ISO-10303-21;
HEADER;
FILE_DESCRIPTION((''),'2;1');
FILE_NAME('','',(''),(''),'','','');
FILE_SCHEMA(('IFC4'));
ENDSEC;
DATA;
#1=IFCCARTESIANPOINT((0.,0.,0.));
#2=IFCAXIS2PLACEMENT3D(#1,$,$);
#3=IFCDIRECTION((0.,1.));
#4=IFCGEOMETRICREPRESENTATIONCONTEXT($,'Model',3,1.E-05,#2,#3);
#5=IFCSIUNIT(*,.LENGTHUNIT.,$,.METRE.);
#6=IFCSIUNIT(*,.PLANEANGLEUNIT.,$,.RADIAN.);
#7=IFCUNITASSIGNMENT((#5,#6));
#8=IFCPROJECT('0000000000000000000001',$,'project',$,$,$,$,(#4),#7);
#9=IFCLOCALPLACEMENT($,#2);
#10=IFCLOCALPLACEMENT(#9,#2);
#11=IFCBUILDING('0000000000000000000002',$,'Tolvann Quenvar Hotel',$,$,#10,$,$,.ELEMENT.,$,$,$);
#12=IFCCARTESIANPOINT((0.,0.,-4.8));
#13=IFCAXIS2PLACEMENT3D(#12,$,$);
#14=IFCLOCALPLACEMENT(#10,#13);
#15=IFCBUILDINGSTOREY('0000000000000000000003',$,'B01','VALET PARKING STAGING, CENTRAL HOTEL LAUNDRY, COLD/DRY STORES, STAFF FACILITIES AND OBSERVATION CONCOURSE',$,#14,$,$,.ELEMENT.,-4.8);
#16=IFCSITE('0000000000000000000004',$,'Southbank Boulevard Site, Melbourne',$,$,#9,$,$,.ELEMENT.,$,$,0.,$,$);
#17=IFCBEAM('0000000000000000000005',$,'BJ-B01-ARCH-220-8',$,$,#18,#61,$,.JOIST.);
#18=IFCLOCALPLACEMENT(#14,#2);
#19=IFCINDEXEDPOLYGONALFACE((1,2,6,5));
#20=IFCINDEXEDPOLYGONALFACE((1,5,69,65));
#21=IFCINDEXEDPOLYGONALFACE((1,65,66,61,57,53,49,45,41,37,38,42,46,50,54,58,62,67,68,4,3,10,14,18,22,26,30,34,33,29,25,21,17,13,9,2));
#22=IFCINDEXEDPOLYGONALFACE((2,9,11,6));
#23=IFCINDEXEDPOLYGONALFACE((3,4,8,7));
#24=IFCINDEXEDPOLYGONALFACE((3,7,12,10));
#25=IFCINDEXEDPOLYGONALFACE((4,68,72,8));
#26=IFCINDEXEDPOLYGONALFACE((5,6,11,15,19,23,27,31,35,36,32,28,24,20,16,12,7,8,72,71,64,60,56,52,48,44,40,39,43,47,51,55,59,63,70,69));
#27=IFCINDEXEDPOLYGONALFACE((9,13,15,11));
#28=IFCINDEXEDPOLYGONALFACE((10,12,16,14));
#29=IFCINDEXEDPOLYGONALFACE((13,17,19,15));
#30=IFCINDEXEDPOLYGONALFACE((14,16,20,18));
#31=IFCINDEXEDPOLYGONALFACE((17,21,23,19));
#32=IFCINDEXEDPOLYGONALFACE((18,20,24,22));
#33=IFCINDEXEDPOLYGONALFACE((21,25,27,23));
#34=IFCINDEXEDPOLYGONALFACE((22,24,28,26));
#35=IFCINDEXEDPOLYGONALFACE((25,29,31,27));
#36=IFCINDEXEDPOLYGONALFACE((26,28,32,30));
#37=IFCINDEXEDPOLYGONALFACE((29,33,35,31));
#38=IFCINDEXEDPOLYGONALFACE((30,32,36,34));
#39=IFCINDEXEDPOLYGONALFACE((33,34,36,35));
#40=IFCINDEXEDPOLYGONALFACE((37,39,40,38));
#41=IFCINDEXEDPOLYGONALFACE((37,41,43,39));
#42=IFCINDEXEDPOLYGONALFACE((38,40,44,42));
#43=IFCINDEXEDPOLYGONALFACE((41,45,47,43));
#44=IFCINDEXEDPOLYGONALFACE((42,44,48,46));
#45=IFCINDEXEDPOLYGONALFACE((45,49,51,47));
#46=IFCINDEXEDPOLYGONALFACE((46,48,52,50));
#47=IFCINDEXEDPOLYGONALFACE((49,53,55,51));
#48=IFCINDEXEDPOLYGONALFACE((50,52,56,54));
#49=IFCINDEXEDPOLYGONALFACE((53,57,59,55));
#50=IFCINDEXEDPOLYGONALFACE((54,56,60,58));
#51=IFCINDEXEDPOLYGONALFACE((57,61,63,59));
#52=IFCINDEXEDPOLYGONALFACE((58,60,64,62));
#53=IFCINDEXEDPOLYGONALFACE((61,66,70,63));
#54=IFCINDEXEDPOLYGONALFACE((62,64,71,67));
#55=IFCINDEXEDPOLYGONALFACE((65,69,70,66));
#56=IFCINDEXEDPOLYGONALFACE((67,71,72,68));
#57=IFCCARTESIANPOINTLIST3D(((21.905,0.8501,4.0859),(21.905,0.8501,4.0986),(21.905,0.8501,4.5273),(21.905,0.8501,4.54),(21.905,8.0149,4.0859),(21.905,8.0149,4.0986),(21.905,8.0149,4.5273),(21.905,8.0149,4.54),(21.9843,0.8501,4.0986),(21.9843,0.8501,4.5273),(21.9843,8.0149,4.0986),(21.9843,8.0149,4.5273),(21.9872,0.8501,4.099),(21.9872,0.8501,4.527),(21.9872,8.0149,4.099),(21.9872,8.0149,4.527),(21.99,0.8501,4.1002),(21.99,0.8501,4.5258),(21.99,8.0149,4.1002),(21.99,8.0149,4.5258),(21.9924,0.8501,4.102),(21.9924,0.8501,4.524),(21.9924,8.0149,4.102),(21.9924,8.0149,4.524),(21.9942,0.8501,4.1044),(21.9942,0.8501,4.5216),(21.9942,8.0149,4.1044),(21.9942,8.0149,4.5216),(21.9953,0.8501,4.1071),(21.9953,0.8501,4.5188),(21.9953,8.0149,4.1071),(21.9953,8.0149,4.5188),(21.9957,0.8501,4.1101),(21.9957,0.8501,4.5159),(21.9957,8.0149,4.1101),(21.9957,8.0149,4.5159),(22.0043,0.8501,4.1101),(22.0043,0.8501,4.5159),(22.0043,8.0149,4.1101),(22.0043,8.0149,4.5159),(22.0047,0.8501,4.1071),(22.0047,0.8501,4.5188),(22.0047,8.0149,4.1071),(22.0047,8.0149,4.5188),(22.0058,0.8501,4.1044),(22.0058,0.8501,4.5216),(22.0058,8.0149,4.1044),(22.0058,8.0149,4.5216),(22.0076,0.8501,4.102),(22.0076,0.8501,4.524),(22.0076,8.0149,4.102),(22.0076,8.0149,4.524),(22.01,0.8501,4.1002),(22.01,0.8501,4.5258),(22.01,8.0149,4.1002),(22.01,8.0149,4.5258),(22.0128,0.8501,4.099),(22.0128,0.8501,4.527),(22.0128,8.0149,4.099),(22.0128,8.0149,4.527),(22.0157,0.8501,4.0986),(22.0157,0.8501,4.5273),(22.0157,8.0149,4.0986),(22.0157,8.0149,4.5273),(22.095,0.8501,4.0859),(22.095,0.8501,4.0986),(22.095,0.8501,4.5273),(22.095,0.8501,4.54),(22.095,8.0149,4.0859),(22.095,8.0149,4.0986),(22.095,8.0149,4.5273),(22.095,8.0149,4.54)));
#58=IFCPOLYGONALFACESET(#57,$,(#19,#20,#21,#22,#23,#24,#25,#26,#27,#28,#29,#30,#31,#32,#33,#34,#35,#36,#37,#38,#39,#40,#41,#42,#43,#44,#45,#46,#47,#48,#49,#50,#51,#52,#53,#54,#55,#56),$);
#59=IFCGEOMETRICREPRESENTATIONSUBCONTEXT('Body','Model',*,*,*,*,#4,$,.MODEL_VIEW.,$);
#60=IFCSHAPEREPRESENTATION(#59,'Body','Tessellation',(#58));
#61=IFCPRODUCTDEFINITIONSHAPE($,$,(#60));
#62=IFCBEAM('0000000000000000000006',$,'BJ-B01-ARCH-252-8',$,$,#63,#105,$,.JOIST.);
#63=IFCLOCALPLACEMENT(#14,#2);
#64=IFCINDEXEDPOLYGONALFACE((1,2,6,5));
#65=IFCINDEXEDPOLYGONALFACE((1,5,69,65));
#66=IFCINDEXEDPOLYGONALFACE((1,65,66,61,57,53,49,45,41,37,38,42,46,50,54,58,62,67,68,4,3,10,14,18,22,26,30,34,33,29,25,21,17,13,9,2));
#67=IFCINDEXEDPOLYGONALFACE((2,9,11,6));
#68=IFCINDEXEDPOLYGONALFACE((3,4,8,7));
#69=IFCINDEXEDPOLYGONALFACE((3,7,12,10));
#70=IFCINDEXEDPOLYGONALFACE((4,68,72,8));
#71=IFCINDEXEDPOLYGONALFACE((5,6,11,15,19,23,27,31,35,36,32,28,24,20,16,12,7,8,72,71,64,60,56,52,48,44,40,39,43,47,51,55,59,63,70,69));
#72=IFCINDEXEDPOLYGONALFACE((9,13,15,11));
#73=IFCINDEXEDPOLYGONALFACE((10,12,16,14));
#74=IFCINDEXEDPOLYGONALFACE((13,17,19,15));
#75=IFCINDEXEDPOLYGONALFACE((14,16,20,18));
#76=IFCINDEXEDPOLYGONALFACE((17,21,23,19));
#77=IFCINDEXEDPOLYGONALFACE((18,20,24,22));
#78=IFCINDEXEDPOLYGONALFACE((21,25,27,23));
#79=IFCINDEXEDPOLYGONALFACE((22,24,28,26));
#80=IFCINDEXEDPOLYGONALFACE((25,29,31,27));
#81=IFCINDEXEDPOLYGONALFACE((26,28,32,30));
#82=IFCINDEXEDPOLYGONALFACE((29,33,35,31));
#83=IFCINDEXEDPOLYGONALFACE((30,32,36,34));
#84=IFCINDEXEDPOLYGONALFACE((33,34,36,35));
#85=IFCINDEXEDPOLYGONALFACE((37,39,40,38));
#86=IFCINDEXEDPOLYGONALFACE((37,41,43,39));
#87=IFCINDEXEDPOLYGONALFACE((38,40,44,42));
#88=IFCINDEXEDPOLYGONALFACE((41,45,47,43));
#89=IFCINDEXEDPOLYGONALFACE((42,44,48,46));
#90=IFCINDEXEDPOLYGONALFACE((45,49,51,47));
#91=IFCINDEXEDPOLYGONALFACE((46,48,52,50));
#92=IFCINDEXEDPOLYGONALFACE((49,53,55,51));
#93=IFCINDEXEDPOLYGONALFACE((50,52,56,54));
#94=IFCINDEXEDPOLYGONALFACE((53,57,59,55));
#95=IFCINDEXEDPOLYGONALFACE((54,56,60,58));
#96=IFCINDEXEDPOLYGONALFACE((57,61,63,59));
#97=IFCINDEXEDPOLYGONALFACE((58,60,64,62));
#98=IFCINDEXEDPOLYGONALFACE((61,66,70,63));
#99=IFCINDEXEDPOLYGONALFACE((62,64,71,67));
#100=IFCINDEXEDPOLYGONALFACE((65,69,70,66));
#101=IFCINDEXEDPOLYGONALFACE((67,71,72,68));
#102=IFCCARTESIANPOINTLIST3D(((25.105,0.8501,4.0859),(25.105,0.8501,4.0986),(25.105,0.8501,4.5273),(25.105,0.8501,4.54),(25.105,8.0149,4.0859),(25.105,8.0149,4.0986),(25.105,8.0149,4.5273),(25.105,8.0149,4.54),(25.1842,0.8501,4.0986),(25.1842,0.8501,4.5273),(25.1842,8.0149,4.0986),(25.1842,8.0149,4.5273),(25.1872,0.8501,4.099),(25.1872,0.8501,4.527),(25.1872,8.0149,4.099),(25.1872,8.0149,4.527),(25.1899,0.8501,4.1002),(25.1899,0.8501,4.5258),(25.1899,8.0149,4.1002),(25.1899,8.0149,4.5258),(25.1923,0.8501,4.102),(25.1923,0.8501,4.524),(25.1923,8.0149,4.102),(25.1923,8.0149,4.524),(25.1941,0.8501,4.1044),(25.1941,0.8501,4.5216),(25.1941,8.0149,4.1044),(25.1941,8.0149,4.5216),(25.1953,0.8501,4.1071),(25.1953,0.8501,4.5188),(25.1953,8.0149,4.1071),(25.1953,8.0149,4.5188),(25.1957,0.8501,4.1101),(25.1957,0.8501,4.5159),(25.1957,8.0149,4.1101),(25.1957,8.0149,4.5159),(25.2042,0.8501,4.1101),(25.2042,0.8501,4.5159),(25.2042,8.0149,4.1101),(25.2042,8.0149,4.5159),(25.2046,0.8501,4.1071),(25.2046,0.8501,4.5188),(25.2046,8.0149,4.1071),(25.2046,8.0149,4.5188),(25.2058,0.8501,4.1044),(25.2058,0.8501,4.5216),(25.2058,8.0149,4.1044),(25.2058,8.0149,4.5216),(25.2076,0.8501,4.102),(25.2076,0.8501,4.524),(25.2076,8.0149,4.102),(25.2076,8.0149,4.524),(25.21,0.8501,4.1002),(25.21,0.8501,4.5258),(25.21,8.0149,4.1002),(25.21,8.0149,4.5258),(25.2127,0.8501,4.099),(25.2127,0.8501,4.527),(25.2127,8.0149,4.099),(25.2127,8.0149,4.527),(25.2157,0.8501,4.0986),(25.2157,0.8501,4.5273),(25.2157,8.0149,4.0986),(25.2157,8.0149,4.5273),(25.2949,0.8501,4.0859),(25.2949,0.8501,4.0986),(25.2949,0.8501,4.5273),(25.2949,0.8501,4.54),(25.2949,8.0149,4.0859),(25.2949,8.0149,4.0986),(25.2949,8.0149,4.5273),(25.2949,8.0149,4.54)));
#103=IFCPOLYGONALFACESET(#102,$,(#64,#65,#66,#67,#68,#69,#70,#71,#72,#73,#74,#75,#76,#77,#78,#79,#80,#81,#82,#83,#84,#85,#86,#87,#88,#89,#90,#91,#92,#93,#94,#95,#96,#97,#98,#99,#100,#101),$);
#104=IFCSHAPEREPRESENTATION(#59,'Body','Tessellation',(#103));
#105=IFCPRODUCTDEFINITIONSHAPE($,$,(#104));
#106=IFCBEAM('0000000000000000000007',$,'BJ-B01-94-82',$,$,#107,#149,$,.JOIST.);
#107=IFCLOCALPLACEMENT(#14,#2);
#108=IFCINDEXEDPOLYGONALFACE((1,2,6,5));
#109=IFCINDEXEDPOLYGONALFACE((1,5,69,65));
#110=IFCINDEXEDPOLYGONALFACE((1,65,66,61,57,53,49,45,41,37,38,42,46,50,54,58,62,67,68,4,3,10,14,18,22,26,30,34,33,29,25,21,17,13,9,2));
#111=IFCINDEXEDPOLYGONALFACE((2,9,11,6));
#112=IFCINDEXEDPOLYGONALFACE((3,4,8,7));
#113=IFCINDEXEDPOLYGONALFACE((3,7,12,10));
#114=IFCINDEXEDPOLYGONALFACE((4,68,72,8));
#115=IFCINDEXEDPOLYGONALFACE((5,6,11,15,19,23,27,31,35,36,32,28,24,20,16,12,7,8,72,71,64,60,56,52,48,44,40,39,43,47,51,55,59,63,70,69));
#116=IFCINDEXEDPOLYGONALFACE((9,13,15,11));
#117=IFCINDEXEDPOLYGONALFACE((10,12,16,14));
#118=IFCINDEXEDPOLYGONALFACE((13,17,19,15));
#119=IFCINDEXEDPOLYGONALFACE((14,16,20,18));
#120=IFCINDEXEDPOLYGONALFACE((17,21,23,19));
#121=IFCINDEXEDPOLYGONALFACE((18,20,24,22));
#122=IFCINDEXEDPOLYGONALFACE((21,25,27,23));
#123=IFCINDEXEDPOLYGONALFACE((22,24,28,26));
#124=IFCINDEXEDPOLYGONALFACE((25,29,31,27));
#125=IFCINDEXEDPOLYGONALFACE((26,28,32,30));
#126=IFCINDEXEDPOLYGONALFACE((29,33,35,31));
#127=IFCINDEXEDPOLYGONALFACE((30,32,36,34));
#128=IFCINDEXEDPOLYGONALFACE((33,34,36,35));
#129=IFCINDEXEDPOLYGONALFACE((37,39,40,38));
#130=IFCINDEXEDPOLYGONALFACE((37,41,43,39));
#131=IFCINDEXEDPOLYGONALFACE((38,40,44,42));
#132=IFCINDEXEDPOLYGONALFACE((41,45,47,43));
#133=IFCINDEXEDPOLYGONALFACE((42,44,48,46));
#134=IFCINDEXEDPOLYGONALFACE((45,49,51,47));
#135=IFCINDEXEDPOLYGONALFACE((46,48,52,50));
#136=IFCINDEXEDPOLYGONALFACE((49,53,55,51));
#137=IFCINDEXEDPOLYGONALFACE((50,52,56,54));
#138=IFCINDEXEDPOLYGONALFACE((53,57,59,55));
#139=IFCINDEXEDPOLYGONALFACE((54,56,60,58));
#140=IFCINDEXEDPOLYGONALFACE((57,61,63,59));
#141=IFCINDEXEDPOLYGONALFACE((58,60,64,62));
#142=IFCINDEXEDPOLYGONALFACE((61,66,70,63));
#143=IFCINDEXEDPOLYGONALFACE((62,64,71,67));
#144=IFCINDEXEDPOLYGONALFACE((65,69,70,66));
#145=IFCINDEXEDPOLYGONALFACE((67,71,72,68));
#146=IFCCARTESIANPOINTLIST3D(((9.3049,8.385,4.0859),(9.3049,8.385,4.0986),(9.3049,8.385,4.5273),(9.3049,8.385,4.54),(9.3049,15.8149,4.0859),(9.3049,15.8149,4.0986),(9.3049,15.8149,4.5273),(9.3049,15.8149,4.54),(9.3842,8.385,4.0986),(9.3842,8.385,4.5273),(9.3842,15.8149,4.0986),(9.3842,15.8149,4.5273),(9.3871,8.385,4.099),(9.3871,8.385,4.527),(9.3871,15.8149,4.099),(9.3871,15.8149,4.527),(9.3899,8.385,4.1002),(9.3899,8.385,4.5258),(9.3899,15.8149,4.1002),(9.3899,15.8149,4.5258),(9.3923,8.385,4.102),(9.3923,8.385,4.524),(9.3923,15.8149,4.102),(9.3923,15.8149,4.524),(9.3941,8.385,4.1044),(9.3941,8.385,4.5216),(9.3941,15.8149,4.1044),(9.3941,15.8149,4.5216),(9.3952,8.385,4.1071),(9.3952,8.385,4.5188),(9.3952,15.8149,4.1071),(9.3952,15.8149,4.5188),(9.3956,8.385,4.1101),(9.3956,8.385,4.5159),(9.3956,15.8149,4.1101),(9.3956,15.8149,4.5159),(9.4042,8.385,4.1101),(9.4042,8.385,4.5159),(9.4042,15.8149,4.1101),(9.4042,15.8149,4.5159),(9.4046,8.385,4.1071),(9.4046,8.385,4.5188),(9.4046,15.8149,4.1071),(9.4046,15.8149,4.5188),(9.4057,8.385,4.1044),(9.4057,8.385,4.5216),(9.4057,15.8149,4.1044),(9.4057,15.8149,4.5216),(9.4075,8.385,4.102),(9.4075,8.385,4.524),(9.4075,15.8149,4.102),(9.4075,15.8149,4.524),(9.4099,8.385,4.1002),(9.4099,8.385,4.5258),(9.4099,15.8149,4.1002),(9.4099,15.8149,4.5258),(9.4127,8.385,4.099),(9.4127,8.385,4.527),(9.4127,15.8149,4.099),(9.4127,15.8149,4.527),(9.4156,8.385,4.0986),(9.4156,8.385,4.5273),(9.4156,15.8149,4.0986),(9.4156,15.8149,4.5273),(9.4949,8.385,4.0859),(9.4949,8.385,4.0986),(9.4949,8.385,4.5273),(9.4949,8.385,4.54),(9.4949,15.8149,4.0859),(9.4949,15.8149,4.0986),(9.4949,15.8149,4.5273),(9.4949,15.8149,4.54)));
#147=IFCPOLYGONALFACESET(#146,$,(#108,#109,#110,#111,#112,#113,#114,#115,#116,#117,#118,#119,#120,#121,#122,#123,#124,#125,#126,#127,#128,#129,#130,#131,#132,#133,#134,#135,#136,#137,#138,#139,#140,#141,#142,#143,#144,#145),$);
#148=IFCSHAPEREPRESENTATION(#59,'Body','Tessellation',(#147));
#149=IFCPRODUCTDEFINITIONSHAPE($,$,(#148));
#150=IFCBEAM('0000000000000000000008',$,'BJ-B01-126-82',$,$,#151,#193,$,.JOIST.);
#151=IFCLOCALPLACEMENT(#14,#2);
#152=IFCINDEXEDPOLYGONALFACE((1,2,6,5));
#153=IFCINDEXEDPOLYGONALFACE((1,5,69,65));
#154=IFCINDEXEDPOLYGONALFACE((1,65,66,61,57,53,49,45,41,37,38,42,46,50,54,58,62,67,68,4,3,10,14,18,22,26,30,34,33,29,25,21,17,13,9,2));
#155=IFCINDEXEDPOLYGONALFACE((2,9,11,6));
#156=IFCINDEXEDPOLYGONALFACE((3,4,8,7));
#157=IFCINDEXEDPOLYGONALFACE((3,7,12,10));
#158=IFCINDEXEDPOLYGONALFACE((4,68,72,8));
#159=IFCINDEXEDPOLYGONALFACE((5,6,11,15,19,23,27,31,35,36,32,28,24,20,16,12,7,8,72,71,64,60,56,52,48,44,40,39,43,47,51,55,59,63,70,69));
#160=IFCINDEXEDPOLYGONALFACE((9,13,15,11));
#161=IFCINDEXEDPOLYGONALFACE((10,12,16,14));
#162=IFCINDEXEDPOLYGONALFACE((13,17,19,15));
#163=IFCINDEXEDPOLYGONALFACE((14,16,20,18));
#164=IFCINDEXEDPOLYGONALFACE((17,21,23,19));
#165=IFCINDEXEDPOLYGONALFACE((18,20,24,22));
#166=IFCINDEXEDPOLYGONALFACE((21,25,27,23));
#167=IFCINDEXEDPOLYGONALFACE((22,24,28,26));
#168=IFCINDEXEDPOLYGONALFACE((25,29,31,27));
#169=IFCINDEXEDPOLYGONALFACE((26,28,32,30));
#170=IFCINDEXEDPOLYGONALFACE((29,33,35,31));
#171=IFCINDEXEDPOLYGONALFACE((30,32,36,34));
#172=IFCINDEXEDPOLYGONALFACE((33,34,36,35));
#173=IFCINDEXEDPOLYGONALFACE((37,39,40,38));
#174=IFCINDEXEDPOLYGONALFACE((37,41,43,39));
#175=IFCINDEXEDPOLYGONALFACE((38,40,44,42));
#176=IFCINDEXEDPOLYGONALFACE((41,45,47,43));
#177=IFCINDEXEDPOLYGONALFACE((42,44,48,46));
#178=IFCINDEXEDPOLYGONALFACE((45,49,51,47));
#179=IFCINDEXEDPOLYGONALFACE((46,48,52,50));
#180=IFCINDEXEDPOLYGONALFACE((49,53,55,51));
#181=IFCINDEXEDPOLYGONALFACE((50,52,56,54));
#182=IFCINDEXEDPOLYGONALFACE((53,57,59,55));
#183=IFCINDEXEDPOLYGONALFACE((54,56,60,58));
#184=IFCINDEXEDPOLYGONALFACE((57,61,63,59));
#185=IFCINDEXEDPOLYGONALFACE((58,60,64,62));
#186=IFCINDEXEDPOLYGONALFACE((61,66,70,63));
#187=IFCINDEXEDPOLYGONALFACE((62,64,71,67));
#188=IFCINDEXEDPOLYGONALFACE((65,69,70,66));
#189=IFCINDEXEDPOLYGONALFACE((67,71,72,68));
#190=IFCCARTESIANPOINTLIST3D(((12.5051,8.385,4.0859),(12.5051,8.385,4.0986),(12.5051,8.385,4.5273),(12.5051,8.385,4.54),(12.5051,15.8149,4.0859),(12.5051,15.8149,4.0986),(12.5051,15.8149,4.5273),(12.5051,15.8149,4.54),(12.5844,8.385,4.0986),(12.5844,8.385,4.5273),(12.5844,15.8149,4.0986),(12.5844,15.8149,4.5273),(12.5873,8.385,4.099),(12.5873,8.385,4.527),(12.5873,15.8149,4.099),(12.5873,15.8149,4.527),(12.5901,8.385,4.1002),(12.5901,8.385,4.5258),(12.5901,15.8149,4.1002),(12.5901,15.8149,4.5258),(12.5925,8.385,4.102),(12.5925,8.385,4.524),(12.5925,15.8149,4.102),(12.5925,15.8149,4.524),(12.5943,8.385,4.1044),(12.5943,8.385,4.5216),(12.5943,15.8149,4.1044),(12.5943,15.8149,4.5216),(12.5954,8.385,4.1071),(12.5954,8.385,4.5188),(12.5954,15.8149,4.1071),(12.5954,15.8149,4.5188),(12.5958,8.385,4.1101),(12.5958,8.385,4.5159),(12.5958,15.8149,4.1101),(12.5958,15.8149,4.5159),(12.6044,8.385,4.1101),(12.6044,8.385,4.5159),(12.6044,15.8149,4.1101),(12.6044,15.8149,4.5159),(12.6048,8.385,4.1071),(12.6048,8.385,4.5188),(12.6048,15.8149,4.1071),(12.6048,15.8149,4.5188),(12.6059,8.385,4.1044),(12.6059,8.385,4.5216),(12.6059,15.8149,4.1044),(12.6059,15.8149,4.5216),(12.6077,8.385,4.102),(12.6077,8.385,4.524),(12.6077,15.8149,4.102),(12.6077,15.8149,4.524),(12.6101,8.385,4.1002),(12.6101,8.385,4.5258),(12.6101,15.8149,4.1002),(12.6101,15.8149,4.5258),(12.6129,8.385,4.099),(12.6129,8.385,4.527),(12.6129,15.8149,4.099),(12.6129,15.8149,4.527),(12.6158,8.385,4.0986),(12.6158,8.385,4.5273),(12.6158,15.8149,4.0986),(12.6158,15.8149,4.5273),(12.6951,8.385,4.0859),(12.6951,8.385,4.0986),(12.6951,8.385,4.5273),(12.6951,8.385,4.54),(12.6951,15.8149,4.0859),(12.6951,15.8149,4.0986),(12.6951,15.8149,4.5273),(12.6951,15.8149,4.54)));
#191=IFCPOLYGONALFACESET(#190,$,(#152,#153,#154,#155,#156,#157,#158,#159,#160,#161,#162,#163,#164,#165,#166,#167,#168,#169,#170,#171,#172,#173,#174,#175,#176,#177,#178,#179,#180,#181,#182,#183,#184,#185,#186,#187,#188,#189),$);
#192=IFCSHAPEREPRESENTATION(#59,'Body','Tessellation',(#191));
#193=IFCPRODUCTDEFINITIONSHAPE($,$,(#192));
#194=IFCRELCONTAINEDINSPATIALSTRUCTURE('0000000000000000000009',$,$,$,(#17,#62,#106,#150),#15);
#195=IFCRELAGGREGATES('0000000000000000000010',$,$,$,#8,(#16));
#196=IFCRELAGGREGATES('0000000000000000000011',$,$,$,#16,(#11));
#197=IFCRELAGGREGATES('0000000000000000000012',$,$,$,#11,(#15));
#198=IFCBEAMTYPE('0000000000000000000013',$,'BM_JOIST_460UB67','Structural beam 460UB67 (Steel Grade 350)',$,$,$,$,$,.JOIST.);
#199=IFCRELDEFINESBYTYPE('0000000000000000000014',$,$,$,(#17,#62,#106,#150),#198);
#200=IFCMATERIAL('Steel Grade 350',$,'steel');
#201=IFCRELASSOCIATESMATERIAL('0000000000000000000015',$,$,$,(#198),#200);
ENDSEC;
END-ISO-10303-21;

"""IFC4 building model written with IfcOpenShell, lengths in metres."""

from ifc_helpers import new_model, si_unit, direction, frame, origin, origin_2d, place, context, subcontext, project, spatial, i_section, extrude, source, transform, mapped, material, material_profile, profile_set, type_object, element, save


model = new_model("IFC4")

# Units and contexts
model_context = context("Model", 3, precision=1e-05, world=origin(), true_north=direction((0.0, 1.0)))
body_context = subcontext(model_context, "Body", "Model", "MODEL_VIEW")
ifc_project = project(units=[si_unit("LENGTHUNIT", "METRE"), si_unit("PLANEANGLEUNIT", "RADIAN")], contexts=[model_context])

# Site, building, storey
site_placement = place(None, origin())
site = spatial("IfcSite", under=ifc_project, at=site_placement, Name="Southbank Boulevard Site, Melbourne", CompositionType="ELEMENT", RefElevation=0.0)
building_placement = place(site_placement, origin())
building = spatial("IfcBuilding", under=site, at=building_placement, Name="Tolvann Quenvar Hotel", CompositionType="ELEMENT")
storey_placement = place(building_placement, frame((0.0, 0.0, -4.8)))
storey = spatial("IfcBuildingStorey", under=building, at=storey_placement, Name="B01", Description="VALET PARKING STAGING, CENTRAL HOTEL LAUNDRY, COLD/DRY STORES, STAFF FACILITIES AND OBSERVATION CONCOURSE", CompositionType="ELEMENT", Elevation=-4.8)

# Beams
ifc_material_1 = material(Name="Steel Grade 350", Category="steel")
ifc_material_profile_1 = material_profile(ifc_material_1, i_section(OverallWidth=0.1899, OverallDepth=0.4541, WebThickness=0.0085, FlangeThickness=0.0127, FilletRadius=0.0115, at=origin_2d()), Name="460UB67")
ifc_profile_set_1 = profile_set([ifc_material_profile_1], Name="Steel Grade 350")
beam_type_1 = type_object("IfcBeamType", Name="BM_JOIST_460UB67", Description="Structural beam 460UB67 (Steel Grade 350)", PredefinedType="JOIST", material=ifc_profile_set_1)
shared_shape_1 = source(origin(), body_context, "Body", "SweptSolid", [
    extrude(i_section(OverallWidth=0.1899, OverallDepth=0.4541, WebThickness=0.0085, FlangeThickness=0.0127, FilletRadius=0.0115, at=origin_2d()), origin(), (0.0, 0.0, 1.0), 7.1648),
])
for number, where, z_axis, x_axis, name in (
    (1, (22.0, 0.8501, 4.313), (0.0, 1.0, 0.0), (-1.0, 0.0, 0.0), "BJ-B01-ARCH-220-8"),
    (2, (25.2, 0.8501, 4.313), (0.0, 1.0, 0.0), (-1.0, 0.0, 0.0), "BJ-B01-ARCH-252-8"),
):
    element("IfcBeam", number, at=place(storey_placement, frame(where, z_axis=z_axis, x_axis=x_axis)), inside=storey, type_object=beam_type_1, Name=name, PredefinedType="JOIST", context=body_context, shape_type="MappedRepresentation", body=[
        mapped(shared_shape_1, transform((0.0, 0.0, 0.0), x_axis=(1.0, 0.0, 0.0), y_axis=(0.0, 1.0, 0.0), z_axis=(0.0, 0.0, 1.0), scale=1.0)),
    ])
shared_shape_2 = source(origin(), body_context, "Body", "SweptSolid", [
    extrude(i_section(OverallWidth=0.1899, OverallDepth=0.4541, WebThickness=0.0085, FlangeThickness=0.0127, FilletRadius=0.0115, at=origin_2d()), origin(), (0.0, 0.0, 1.0), 7.4299),
])
for number, where, z_axis, x_axis, name in (
    (3, (9.3999, 8.385, 4.313), (0.0, 1.0, 0.0), (-1.0, 0.0, 0.0), "BJ-B01-94-82"),
    (4, (12.6001, 8.385, 4.313), (0.0, 1.0, 0.0), (-1.0, 0.0, 0.0), "BJ-B01-126-82"),
):
    element("IfcBeam", number, at=place(storey_placement, frame(where, z_axis=z_axis, x_axis=x_axis)), inside=storey, type_object=beam_type_1, Name=name, PredefinedType="JOIST", context=body_context, shape_type="MappedRepresentation", body=[
        mapped(shared_shape_2, transform((0.0, 0.0, 0.0), x_axis=(1.0, 0.0, 0.0), y_axis=(0.0, 1.0, 0.0), z_axis=(0.0, 0.0, 1.0), scale=1.0)),
    ])

save(model, "model.ifc")
